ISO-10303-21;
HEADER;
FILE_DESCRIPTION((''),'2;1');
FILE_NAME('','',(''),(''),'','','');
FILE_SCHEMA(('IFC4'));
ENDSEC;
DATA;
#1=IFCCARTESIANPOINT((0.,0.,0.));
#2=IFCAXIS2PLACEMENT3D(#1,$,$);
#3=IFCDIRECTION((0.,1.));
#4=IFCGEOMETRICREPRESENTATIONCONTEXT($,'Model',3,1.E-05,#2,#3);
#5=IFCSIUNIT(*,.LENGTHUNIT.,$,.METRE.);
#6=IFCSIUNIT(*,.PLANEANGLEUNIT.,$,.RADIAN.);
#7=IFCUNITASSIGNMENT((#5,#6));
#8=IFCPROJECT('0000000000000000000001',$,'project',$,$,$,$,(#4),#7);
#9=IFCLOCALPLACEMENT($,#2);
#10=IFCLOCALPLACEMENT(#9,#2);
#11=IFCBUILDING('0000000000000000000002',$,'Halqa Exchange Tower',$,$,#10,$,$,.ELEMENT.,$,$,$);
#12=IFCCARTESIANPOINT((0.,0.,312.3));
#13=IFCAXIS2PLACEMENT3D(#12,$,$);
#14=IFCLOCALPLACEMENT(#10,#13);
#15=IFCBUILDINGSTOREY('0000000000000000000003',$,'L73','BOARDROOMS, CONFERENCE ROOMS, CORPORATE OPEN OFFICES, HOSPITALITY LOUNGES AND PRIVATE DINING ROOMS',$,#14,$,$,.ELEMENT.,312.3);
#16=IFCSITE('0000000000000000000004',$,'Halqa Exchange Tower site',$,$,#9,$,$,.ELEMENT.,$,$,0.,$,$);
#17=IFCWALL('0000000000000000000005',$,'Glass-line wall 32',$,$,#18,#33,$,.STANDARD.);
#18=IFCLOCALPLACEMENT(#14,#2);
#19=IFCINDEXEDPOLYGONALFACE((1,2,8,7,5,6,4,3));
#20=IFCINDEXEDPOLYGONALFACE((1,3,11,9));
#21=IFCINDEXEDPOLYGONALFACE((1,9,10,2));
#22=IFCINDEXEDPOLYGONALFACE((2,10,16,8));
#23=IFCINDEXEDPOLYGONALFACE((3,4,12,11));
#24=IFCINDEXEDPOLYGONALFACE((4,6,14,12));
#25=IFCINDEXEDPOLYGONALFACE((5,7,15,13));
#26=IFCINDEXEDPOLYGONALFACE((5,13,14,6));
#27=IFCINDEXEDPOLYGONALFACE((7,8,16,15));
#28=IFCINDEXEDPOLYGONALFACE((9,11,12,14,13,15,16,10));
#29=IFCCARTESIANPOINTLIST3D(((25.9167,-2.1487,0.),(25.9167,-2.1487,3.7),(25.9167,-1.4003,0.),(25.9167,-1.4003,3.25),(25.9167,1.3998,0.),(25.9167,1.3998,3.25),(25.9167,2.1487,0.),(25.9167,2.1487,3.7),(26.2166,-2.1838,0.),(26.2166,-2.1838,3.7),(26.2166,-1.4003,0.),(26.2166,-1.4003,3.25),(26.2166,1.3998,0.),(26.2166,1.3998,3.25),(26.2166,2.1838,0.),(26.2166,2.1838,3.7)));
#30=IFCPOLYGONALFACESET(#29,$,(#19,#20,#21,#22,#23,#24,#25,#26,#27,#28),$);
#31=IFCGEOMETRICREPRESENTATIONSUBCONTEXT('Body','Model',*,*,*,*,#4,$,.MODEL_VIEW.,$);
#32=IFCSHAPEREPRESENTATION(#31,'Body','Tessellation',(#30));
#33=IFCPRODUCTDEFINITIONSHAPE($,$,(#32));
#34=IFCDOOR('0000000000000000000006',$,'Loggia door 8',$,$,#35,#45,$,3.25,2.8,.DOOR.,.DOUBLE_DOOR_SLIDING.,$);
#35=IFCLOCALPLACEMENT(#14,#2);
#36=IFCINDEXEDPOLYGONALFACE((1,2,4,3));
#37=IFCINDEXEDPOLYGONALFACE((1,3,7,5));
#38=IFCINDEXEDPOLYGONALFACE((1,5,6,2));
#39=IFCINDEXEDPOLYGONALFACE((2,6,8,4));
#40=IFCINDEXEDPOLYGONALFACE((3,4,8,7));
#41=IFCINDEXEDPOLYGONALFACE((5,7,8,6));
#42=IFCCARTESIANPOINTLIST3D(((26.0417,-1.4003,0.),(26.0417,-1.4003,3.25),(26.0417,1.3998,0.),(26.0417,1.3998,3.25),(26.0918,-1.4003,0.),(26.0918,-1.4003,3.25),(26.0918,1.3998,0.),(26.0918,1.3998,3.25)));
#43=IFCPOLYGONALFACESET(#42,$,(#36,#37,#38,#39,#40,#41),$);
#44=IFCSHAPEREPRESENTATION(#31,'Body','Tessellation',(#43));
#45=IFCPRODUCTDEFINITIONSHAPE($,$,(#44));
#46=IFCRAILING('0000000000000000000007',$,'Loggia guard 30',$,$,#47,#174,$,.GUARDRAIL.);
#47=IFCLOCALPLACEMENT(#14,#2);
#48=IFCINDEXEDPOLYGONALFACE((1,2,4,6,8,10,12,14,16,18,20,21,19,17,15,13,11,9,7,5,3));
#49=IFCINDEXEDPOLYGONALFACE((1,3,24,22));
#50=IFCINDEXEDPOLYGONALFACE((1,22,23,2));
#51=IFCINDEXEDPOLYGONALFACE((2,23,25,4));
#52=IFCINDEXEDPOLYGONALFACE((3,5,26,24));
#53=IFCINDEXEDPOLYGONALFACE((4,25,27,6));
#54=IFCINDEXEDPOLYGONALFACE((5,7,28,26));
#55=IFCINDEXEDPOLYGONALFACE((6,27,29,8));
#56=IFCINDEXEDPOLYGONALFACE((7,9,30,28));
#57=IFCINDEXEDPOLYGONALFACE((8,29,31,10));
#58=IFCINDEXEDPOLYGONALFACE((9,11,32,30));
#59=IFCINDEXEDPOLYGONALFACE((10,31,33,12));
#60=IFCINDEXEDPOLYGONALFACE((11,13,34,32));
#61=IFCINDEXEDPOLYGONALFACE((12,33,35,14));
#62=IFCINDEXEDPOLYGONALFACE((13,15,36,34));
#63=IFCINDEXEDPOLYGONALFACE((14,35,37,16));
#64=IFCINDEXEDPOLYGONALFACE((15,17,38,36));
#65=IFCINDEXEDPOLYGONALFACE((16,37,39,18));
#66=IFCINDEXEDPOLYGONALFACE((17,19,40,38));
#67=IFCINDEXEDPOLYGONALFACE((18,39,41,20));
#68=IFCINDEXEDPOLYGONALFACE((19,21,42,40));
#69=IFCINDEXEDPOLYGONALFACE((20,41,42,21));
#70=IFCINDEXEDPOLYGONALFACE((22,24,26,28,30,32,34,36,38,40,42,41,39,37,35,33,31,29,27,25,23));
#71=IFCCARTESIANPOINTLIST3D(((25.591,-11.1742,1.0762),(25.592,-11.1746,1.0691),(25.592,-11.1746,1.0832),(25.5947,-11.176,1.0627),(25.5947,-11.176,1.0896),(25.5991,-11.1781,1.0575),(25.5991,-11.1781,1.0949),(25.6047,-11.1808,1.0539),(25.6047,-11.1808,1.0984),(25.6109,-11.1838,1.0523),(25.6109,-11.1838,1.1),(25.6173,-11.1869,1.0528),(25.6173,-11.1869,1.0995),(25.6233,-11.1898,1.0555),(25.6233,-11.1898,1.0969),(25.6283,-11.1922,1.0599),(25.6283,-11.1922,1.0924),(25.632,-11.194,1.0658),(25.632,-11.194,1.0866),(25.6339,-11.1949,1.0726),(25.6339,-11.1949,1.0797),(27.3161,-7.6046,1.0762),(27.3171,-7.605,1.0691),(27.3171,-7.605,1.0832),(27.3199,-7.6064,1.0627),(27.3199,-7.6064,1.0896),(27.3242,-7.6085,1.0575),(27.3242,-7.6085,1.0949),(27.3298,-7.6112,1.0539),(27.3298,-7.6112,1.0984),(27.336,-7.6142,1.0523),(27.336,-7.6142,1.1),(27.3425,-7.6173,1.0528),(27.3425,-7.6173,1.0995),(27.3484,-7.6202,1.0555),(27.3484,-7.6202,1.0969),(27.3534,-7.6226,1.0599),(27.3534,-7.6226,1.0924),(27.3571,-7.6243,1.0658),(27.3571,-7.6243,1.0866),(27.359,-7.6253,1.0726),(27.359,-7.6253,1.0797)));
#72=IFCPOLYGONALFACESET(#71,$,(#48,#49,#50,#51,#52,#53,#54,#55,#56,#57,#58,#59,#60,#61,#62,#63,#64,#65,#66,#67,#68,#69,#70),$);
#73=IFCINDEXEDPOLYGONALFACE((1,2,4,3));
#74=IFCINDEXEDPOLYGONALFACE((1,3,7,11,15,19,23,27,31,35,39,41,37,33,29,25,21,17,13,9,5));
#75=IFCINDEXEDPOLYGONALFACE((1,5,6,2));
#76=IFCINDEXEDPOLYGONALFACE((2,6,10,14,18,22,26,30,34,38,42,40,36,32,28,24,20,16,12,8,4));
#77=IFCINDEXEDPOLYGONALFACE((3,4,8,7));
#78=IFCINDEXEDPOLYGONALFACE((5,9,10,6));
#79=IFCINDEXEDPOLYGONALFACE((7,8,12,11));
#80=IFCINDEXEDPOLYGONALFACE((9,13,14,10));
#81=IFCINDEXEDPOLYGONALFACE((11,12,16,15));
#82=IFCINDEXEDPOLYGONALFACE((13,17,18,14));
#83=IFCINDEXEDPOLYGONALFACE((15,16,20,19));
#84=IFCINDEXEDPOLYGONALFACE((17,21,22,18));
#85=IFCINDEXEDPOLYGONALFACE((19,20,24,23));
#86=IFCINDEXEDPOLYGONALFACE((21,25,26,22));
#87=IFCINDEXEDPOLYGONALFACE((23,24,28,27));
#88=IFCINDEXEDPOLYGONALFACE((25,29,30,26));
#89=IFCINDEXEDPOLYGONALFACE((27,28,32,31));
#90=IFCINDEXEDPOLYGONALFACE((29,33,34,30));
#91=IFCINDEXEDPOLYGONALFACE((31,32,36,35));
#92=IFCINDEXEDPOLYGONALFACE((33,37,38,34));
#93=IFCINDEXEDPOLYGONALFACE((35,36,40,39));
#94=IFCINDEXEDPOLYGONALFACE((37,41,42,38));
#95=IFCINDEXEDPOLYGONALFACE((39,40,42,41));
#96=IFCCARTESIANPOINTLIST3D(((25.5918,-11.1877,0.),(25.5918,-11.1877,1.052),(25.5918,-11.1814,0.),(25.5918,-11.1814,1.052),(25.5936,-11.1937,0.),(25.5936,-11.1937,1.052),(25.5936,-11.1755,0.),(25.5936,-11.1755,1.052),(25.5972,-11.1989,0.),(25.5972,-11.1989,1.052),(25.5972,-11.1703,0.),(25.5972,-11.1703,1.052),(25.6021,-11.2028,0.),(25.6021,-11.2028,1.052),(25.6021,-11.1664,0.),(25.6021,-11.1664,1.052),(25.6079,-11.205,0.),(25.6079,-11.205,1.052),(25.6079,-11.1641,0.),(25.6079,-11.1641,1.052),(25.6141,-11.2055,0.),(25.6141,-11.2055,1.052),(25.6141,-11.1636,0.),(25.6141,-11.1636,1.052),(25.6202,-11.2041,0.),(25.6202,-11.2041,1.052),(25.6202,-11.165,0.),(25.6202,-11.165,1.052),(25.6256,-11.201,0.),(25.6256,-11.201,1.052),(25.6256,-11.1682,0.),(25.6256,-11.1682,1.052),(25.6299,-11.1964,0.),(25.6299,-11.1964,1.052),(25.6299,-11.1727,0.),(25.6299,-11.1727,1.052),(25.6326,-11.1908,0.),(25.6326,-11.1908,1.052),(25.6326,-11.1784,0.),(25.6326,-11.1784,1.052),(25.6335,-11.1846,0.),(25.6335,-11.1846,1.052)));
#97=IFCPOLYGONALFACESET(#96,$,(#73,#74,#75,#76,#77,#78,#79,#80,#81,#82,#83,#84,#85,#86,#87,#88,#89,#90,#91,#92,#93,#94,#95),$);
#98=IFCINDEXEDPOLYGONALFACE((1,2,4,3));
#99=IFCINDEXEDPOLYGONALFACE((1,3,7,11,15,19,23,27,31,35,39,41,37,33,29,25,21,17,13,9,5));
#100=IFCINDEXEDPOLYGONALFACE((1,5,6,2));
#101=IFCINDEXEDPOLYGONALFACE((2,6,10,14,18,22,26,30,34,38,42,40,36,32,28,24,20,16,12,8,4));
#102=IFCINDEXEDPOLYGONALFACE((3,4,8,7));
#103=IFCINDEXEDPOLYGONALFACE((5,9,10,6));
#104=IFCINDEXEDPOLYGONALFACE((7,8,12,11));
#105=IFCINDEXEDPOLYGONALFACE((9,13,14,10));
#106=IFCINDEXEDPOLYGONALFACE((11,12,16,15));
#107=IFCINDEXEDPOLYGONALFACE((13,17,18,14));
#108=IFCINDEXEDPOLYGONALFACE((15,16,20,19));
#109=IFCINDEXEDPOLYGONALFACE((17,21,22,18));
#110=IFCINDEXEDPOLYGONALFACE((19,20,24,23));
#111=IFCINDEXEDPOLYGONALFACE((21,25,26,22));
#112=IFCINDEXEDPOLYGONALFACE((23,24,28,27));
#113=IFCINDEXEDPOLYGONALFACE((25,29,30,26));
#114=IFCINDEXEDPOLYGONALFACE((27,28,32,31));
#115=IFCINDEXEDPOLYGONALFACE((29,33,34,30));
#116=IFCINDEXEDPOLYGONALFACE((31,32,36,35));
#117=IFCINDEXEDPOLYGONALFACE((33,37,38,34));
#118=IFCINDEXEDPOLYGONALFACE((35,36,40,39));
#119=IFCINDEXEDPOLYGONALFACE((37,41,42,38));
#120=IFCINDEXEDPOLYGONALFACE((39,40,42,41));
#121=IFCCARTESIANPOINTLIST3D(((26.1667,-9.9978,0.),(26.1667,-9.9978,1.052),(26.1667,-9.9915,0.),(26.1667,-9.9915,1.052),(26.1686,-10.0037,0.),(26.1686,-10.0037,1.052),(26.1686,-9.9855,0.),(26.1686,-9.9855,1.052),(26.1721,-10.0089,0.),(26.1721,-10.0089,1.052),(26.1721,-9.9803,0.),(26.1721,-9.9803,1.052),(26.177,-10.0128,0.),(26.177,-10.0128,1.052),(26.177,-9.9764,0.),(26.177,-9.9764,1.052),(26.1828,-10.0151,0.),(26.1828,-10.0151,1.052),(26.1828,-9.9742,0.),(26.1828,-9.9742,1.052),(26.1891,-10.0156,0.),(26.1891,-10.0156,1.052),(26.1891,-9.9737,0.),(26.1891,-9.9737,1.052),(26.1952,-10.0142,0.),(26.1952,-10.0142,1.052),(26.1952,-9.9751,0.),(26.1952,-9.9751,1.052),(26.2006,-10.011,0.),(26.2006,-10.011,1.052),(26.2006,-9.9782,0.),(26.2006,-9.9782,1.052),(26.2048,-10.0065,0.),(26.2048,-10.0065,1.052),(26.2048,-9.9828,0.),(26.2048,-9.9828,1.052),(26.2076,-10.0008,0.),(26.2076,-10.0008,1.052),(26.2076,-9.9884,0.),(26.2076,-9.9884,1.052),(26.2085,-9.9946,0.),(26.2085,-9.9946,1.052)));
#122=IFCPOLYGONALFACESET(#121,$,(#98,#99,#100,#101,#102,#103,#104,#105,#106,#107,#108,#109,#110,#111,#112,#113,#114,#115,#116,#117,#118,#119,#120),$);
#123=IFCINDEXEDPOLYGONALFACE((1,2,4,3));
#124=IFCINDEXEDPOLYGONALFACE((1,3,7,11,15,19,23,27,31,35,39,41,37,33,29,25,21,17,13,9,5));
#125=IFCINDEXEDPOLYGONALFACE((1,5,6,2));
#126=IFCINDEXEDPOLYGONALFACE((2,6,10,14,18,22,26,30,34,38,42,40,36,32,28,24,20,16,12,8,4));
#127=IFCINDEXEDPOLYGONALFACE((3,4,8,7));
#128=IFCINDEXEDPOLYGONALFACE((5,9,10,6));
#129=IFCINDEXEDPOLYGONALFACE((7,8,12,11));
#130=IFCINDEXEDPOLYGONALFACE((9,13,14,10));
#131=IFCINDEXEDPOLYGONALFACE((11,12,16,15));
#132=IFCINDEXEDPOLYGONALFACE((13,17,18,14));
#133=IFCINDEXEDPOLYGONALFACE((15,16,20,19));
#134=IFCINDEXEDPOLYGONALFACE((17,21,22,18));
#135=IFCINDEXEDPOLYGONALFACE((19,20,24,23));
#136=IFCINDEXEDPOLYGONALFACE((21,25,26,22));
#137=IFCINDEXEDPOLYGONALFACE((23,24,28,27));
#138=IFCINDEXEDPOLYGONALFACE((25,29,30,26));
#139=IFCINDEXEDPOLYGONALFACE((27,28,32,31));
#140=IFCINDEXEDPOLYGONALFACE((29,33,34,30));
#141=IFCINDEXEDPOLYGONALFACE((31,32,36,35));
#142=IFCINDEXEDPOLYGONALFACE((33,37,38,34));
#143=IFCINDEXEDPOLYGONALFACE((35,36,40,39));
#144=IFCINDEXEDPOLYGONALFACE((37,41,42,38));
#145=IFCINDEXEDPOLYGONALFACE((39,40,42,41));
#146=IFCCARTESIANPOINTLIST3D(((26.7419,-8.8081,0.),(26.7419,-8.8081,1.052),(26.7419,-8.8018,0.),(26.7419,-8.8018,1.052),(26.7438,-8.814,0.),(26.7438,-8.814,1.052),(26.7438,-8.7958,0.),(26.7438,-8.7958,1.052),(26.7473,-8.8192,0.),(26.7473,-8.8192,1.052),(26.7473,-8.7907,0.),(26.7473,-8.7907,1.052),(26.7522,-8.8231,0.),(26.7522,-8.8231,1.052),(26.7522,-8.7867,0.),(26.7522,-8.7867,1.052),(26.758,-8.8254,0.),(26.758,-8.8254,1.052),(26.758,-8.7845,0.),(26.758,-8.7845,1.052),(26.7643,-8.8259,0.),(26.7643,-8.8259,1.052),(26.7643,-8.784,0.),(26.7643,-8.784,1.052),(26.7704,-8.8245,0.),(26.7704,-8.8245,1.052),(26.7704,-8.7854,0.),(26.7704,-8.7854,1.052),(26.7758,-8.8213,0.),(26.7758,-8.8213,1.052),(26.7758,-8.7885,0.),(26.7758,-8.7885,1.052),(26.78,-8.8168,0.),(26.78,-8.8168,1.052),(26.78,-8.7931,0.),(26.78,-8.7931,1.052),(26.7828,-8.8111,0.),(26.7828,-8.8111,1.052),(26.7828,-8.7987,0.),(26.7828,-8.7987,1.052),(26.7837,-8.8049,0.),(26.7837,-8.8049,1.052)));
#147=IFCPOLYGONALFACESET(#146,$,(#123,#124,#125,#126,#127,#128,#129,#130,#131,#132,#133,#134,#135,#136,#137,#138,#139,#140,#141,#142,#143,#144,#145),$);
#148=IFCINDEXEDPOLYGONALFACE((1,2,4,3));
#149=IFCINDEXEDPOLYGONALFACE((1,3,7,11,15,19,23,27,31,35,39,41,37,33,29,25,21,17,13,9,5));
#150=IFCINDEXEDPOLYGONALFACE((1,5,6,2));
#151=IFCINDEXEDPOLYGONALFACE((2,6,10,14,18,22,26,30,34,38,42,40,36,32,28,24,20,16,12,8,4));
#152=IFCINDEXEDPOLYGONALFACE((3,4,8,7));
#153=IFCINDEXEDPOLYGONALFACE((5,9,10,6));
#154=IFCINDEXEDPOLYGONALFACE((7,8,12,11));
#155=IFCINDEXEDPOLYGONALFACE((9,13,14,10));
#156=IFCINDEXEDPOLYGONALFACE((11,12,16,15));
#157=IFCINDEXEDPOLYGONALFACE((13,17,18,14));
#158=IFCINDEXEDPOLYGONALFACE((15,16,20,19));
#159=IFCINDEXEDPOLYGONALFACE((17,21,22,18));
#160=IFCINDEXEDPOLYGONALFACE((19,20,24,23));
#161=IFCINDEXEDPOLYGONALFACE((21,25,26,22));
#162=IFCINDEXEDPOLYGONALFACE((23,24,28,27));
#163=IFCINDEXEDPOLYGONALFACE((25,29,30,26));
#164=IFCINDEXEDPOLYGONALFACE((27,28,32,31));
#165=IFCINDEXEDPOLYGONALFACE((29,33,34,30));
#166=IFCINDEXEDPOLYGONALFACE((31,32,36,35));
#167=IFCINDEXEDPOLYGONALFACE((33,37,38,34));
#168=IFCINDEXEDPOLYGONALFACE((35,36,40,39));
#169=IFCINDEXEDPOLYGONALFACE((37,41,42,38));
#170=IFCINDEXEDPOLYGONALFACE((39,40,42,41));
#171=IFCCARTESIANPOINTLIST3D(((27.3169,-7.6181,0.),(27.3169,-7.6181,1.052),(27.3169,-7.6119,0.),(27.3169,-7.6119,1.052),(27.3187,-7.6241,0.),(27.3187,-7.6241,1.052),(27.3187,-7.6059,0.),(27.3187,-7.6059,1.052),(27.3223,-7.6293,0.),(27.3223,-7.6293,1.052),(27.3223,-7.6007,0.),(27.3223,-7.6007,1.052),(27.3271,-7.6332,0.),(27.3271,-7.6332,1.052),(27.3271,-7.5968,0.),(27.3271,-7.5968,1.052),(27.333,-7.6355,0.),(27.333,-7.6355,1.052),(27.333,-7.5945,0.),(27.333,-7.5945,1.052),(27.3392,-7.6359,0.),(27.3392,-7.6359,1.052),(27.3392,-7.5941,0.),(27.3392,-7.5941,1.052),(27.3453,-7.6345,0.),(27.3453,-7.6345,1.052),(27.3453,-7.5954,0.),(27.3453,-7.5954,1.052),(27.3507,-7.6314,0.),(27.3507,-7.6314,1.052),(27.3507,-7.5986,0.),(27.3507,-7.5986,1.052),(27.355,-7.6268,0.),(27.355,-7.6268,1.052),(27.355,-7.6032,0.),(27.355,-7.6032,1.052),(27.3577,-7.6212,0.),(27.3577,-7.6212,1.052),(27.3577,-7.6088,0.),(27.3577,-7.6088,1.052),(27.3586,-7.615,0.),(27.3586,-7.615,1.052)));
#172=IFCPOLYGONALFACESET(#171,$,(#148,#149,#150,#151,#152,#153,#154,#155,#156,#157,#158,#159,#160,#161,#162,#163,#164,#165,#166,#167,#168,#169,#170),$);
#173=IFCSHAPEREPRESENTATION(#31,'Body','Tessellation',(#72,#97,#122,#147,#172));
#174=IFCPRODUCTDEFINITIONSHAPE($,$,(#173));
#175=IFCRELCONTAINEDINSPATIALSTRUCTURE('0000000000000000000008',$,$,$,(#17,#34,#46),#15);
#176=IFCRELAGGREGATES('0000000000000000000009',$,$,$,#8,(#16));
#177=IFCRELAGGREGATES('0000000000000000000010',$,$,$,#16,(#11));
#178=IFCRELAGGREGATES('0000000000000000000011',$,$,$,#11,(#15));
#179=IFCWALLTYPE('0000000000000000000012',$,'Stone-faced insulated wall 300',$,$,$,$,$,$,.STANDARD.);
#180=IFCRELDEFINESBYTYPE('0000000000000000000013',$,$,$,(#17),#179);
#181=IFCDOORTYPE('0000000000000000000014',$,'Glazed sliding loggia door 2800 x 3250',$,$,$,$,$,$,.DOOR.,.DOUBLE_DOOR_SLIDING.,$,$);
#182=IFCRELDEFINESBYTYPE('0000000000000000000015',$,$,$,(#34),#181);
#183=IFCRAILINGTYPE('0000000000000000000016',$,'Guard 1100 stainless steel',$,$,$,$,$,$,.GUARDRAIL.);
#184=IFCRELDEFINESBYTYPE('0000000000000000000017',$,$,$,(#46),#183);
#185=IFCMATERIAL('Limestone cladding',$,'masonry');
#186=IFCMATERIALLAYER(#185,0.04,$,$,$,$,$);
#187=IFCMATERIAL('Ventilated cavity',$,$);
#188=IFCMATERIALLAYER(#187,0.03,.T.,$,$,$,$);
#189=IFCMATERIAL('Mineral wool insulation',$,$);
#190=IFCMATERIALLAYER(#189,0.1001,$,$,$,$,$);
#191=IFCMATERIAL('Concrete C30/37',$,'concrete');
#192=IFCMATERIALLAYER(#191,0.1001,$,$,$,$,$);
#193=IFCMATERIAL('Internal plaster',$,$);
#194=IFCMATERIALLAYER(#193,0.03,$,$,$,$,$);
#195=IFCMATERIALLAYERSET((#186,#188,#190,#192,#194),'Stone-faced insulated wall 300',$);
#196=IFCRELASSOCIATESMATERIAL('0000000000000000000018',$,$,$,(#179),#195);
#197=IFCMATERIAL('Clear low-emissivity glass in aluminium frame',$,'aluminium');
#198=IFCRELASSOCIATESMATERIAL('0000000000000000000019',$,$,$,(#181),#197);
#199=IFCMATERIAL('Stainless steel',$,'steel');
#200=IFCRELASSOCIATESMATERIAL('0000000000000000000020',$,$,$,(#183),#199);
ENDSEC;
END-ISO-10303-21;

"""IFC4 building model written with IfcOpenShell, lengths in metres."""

from ifc_helpers import new_model, si_unit, direction, frame, frame_2d, origin, origin_2d, place, context, subcontext, project, spatial, polyline, rectangle, circle, outline, extrude, material, layer, layer_set, type_object, element, fill, save


model = new_model("IFC4")

# Units and contexts
model_context = context("Model", 3, precision=1e-05, world=origin(), true_north=direction((0.0, 1.0)))
body_context = subcontext(model_context, "Body", "Model", "MODEL_VIEW")
ifc_project = project(units=[si_unit("LENGTHUNIT", "METRE"), si_unit("PLANEANGLEUNIT", "RADIAN")], contexts=[model_context])

# Site, building, storey
site_placement = place(None, origin())
site = spatial("IfcSite", under=ifc_project, at=site_placement, Name="Halqa Exchange Tower site", CompositionType="ELEMENT", RefElevation=0.0)
building_placement = place(site_placement, origin())
building = spatial("IfcBuilding", under=site, at=building_placement, Name="Halqa Exchange Tower", CompositionType="ELEMENT")
storey_placement = place(building_placement, frame((0.0, 0.0, 312.3)))
storey = spatial("IfcBuildingStorey", under=building, at=storey_placement, Name="L73", Description="BOARDROOMS, CONFERENCE ROOMS, CORPORATE OPEN OFFICES, HOSPITALITY LOUNGES AND PRIVATE DINING ROOMS", CompositionType="ELEMENT", Elevation=312.3)

# Shared definitions
ifc_material_1 = material(Name="Limestone cladding", Category="masonry")
ifc_layer_1 = layer(ifc_material_1, 0.04)
ifc_material_2 = material(Name="Ventilated cavity")
ifc_layer_2 = layer(ifc_material_2, 0.03, ventilated=True)
ifc_material_3 = material(Name="Mineral wool insulation")
ifc_layer_3 = layer(ifc_material_3, 0.1001)
ifc_material_4 = material(Name="Concrete C30/37", Category="concrete")
ifc_layer_4 = layer(ifc_material_4, 0.1001)
ifc_material_5 = material(Name="Internal plaster")
ifc_layer_5 = layer(ifc_material_5, 0.03)
ifc_layer_set_1 = layer_set([ifc_layer_1, ifc_layer_2, ifc_layer_3, ifc_layer_4, ifc_layer_5], Name="Stone-faced insulated wall 300")
wall_type_1 = type_object("IfcWallType", Name="Stone-faced insulated wall 300", PredefinedType="STANDARD", material=ifc_layer_set_1)
ifc_material_6 = material(Name="Clear low-emissivity glass in aluminium frame", Category="aluminium")

# Wall, opening, door
wall_1_placement = place(storey_placement, frame((26.0667, -2.1663, 0.0), z_axis=(0.0, 0.0, 1.0), x_axis=(0.0, 1.0, 0.0)))
wall_1 = element("IfcWall", 1, at=wall_1_placement, inside=storey, type_object=wall_type_1, Name="Glass-line wall 32", PredefinedType="STANDARD", context=body_context, shape_type="SweptSolid", body=[
    extrude(outline(polyline([(-0.0176, -0.1499), (4.3501, -0.1499), (4.3149, 0.1499), (0.0176, 0.1499), (-0.0176, -0.1499)])), origin(), (0.0, 0.0, 1.0), 3.7),
])
opening_1_placement = place(wall_1_placement, frame((0.7661, 0.0, 0.0)))
opening_1 = element("IfcOpeningElement", 2, at=opening_1_placement, cuts=wall_1, PredefinedType="OPENING", context=body_context, shape_type="SweptSolid", body=[
    extrude(rectangle(XDim=2.8, YDim=3.25, at=frame_2d((1.3999, 1.625))), frame((0.0, 0.1621, 0.0), z_axis=(0.0, -1.0, 0.0), x_axis=(1.0, 0.0, 0.0)), (0.0, 0.0, 1.0), 0.324),
])
door_type_1 = type_object("IfcDoorType", Name="Glazed sliding loggia door 2800 x 3250", OperationType="DOUBLE_DOOR_SLIDING", PredefinedType="DOOR", material=ifc_material_6)
door_1_placement = place(opening_1_placement, origin())
door_1 = element("IfcDoor", 3, at=door_1_placement, inside=storey, type_object=door_type_1, Name="Loggia door 8", OperationType="DOUBLE_DOOR_SLIDING", OverallHeight=3.25, OverallWidth=2.8, PredefinedType="DOOR", context=body_context, shape_type="SweptSolid", body=[
    extrude(rectangle(XDim=2.8, YDim=3.25, at=frame_2d((1.3999, 1.625))), frame((0.0, 0.0249, 0.0), z_axis=(0.0, -1.0, 0.0), x_axis=(1.0, 0.0, 0.0)), (0.0, 0.0, 1.0), 0.05),
])
fill(opening_1, door_1)

# Railing
ifc_material_7 = material(Name="Stainless steel", Category="steel")
railing_type = type_object("IfcRailingType", Name="Guard 1100 stainless steel", PredefinedType="GUARDRAIL", material=ifc_material_7)
railing_1_placement = place(storey_placement, frame((25.6125, -11.1846, 0.0)))
element("IfcRailing", 4, at=railing_1_placement, inside=storey, type_object=railing_type, Name="Loggia guard 30", PredefinedType="GUARDRAIL", context=body_context, shape_type="SweptSolid", body=[
    extrude(circle(Radius=0.0239, at=origin_2d()), frame((0.0, 0.0, 1.0762), z_axis=(0.435128, 0.900369, 0.0), x_axis=(-0.900369, 0.435128, 0.0)), (0.0, 0.0, 1.0), 3.9646),
    extrude(circle(Radius=0.021, at=origin_2d()), origin(), (0.0, 0.0, 1.0), 1.052),
    extrude(circle(Radius=0.021, at=origin_2d()), frame((0.575, 1.1899, 0.0)), (0.0, 0.0, 1.0), 1.052),
    extrude(circle(Radius=0.021, at=origin_2d()), frame((1.1501, 2.3796, 0.0)), (0.0, 0.0, 1.0), 1.052),
    extrude(circle(Radius=0.021, at=origin_2d()), frame((1.7251, 3.5696, 0.0)), (0.0, 0.0, 1.0), 1.052),
])

save(model, "model.ifc")
